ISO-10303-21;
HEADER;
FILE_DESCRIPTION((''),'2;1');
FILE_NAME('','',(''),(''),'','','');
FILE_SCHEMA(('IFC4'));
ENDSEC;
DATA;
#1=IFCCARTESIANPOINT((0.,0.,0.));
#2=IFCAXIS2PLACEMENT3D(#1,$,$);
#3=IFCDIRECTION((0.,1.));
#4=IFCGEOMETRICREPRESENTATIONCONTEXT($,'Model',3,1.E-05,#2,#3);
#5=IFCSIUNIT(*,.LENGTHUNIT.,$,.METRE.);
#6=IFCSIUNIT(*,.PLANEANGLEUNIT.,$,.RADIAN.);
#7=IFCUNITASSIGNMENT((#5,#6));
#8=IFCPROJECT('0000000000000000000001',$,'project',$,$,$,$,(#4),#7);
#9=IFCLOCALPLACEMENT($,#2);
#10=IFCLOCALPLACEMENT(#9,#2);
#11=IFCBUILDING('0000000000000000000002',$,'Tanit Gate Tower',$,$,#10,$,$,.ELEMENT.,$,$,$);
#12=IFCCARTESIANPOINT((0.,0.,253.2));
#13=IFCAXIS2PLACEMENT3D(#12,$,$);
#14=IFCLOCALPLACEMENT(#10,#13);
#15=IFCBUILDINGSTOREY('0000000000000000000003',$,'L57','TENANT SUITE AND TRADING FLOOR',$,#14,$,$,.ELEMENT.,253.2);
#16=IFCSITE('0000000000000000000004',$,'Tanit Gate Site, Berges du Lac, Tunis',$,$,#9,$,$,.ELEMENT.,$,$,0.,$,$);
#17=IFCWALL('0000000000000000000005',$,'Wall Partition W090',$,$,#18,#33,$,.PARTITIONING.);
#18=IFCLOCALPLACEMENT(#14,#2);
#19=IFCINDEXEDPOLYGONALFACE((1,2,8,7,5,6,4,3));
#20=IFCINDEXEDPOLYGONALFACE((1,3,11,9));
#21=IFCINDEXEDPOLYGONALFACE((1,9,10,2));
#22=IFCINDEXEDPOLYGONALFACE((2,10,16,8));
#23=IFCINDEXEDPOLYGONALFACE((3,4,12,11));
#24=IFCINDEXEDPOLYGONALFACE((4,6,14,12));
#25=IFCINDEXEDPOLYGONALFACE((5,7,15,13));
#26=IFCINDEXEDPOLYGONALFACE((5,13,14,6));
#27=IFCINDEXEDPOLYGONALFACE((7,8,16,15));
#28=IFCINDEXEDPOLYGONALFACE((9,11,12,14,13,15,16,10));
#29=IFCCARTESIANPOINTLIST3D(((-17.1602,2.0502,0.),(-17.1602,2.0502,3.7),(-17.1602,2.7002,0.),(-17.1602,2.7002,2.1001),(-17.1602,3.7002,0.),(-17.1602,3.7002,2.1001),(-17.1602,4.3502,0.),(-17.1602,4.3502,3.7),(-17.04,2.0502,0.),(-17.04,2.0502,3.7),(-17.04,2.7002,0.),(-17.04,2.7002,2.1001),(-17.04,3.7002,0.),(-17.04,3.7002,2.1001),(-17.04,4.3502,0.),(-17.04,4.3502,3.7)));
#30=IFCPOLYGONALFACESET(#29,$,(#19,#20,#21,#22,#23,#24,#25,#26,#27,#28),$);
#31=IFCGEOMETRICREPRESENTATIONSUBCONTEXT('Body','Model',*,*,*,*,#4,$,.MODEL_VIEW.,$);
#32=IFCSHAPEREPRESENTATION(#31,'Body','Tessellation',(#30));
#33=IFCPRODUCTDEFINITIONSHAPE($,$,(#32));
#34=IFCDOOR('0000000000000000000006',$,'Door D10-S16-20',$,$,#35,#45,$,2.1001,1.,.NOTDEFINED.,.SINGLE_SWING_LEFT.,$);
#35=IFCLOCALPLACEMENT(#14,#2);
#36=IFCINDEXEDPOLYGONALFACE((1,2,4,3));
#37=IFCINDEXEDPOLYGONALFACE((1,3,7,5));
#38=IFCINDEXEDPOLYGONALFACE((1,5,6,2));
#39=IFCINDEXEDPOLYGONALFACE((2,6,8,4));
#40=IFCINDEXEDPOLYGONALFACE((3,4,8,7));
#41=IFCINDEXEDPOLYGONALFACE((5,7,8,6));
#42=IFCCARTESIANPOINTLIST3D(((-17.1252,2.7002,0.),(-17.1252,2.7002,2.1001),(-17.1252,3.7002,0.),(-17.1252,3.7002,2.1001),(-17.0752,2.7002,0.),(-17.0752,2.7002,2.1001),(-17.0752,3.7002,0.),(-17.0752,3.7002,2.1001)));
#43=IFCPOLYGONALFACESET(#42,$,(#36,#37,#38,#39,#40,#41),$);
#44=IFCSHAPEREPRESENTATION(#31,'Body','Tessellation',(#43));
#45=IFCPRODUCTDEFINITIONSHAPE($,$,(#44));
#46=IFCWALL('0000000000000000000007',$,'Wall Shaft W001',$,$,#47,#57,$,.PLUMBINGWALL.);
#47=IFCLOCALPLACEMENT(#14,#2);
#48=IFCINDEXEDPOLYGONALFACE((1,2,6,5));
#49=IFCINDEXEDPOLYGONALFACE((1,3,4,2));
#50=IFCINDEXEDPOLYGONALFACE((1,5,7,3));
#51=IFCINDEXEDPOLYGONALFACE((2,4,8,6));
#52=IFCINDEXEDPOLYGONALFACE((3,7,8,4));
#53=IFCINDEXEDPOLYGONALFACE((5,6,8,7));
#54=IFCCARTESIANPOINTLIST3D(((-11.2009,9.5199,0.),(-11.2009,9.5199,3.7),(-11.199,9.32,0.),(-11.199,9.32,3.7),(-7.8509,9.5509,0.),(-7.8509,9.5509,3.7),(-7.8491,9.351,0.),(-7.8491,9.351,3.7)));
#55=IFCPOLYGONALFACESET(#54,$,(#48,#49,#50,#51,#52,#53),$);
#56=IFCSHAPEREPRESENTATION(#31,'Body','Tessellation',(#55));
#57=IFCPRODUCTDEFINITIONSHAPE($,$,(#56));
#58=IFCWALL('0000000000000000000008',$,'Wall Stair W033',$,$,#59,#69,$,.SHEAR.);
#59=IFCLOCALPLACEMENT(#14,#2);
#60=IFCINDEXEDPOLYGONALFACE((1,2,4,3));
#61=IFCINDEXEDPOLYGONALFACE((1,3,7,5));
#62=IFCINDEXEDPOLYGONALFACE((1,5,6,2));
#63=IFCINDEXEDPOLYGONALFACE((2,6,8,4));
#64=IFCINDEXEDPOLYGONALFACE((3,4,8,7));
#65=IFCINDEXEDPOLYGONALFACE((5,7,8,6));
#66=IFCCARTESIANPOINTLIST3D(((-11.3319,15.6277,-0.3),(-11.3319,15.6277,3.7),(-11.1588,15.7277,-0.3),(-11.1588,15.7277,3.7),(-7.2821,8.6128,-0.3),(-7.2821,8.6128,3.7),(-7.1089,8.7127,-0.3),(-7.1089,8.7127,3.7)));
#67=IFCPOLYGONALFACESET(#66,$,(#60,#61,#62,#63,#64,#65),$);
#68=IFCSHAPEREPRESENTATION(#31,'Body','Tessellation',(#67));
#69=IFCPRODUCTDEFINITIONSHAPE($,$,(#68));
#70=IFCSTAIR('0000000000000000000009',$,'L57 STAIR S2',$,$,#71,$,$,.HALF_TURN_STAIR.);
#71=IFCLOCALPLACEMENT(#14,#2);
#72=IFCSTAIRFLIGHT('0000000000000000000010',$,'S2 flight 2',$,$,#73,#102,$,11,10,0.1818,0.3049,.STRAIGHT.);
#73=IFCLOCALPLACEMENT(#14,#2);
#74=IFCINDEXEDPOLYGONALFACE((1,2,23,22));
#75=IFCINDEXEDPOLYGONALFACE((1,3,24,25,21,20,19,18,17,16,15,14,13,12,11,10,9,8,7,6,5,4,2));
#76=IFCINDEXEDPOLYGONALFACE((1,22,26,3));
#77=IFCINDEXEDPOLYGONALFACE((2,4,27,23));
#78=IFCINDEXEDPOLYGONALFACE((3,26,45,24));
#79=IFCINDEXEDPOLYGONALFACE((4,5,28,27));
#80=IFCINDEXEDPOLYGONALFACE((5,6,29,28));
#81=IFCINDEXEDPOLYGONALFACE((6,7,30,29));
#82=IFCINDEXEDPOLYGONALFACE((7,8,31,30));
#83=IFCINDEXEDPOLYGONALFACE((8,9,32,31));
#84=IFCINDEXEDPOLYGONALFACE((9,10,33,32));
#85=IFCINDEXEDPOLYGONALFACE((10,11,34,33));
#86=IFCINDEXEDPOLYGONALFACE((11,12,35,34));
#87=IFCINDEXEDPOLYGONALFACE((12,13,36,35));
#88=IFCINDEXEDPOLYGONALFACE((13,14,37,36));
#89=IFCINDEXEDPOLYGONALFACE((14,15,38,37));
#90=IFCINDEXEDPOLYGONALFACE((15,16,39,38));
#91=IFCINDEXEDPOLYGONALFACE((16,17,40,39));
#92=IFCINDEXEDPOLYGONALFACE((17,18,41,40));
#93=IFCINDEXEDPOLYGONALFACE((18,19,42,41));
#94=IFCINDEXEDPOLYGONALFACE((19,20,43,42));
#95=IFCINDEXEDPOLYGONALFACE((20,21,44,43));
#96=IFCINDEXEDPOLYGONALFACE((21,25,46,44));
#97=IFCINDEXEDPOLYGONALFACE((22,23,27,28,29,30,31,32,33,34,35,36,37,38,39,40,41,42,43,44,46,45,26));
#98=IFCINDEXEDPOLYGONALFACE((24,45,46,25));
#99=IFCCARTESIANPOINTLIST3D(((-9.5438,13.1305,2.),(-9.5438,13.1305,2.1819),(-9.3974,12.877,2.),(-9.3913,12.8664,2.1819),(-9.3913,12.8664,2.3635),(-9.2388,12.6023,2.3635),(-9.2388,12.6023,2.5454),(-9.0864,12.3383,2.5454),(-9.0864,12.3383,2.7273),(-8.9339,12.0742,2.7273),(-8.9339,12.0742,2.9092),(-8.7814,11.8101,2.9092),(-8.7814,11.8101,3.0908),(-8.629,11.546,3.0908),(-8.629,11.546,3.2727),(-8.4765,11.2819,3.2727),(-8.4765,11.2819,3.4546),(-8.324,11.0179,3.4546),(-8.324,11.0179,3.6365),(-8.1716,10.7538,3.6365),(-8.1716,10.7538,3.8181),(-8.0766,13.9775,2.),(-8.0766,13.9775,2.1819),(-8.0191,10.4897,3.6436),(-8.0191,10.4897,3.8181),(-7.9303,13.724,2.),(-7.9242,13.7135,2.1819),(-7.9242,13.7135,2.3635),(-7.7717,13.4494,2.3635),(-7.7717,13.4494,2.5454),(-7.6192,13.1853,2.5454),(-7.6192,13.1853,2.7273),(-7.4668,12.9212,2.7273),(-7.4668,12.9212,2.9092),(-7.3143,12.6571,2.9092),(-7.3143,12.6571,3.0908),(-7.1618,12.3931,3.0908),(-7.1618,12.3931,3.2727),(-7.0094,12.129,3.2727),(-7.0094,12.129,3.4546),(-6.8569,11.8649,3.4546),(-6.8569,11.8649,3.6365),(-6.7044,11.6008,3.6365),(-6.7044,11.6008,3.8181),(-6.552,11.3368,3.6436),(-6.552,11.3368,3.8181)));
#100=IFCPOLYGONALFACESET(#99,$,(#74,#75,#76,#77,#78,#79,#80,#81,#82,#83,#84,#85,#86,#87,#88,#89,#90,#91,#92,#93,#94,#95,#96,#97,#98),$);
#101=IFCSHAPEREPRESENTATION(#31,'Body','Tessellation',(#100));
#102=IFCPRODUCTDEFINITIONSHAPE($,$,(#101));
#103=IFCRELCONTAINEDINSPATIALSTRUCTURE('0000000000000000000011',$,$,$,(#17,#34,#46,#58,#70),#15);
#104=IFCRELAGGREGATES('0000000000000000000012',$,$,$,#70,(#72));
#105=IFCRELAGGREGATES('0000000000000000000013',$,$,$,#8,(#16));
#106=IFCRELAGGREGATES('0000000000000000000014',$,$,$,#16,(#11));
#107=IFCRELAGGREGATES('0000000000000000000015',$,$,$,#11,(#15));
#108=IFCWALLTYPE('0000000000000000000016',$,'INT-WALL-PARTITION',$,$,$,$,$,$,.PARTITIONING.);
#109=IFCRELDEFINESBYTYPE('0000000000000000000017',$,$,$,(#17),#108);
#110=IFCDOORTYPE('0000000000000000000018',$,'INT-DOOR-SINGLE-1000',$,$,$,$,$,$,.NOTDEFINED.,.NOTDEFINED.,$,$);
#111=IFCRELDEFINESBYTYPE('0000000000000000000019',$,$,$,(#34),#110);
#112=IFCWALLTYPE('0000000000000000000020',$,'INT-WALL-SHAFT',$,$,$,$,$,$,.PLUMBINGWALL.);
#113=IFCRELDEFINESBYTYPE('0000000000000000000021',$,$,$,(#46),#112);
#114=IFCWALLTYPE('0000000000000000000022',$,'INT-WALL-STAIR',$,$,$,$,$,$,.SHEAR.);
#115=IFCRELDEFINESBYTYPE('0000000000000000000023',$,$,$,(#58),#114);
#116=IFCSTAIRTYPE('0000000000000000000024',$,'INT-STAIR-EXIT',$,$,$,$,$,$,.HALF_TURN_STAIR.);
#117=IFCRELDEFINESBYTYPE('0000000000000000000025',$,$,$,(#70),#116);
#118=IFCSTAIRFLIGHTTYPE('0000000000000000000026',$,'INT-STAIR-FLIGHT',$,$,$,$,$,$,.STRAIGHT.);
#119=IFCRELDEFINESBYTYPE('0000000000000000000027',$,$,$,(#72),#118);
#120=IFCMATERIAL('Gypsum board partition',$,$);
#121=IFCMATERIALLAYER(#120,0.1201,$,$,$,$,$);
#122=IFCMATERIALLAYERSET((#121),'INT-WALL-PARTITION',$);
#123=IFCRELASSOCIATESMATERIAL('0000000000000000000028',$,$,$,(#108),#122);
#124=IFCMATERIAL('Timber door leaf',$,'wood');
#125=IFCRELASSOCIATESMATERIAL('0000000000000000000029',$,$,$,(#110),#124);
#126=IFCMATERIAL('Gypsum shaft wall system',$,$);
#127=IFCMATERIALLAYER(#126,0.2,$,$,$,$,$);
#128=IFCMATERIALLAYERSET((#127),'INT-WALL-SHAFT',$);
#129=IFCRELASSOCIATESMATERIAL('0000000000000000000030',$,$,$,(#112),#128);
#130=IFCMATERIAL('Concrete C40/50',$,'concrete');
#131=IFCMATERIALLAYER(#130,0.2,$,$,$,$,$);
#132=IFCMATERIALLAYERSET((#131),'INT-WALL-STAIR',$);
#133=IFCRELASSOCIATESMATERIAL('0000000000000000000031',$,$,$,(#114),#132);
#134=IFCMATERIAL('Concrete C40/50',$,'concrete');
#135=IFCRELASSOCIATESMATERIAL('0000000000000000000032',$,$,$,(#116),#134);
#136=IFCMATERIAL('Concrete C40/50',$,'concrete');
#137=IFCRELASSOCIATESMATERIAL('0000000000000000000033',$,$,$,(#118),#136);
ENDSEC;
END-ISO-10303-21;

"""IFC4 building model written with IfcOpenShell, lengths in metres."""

from ifc_helpers import new_model, si_unit, direction, frame, frame_2d, origin, place, context, subcontext, project, spatial, polyline, rectangle, outline, extrude, material, layer, layer_set, type_object, element, fill, aggregate, save


model = new_model("IFC4")

# Units and contexts
model_context = context("Model", 3, precision=1e-05, world=origin(), true_north=direction((0.0, 1.0)))
body_context = subcontext(model_context, "Body", "Model", "MODEL_VIEW")
ifc_project = project(units=[si_unit("LENGTHUNIT", "METRE"), si_unit("PLANEANGLEUNIT", "RADIAN")], contexts=[model_context])

# Site, building, storey
site_placement = place(None, origin())
site = spatial("IfcSite", under=ifc_project, at=site_placement, Name="Tanit Gate Site, Berges du Lac, Tunis", CompositionType="ELEMENT", RefElevation=0.0)
building_placement = place(site_placement, origin())
building = spatial("IfcBuilding", under=site, at=building_placement, Name="Tanit Gate Tower", CompositionType="ELEMENT")
storey_placement = place(building_placement, frame((0.0, 0.0, 253.2)))
storey = spatial("IfcBuildingStorey", under=building, at=storey_placement, Name="L57", Description="TENANT SUITE AND TRADING FLOOR", CompositionType="ELEMENT", Elevation=253.2)

# Wall, opening, door
ifc_material_1 = material(Name="Gypsum board partition")
ifc_layer_1 = layer(ifc_material_1, 0.1201)
ifc_layer_set_1 = layer_set([ifc_layer_1], Name="INT-WALL-PARTITION")
wall_type_1 = type_object("IfcWallType", Name="INT-WALL-PARTITION", PredefinedType="PARTITIONING", material=ifc_layer_set_1)
ifc_material_2 = material(Name="Timber door leaf", Category="wood")
door_type_1 = type_object("IfcDoorType", Name="INT-DOOR-SINGLE-1000", OperationType="NOTDEFINED", PredefinedType="NOTDEFINED", material=ifc_material_2)
wall_1_placement = place(storey_placement, frame((-17.1001, 4.3501, 0.0), z_axis=(0.0, 0.0, 1.0), x_axis=(0.0, -1.0, 0.0)))
wall_1 = element("IfcWall", 1, at=wall_1_placement, inside=storey, type_object=wall_type_1, Name="Wall Partition W090", PredefinedType="PARTITIONING", context=body_context, shape_type="SweptSolid", body=[
    extrude(rectangle(XDim=2.3, YDim=0.1201, at=frame_2d((1.1499, 0.0))), origin(), (0.0, 0.0, 1.0), 3.7),
])
opening_1_placement = place(wall_1_placement, frame((0.6499, 0.0, 0.0)))
opening_1 = element("IfcOpeningElement", 2, at=opening_1_placement, cuts=wall_1, PredefinedType="OPENING", context=body_context, shape_type="SweptSolid", body=[
    extrude(rectangle(XDim=1.0, YDim=2.1001, at=frame_2d((0.5, 1.05))), frame((0.0, 0.0701, 0.0), z_axis=(0.0, -1.0, 0.0), x_axis=(1.0, 0.0, 0.0)), (0.0, 0.0, 1.0), 0.1401),
])
door_1_placement = place(opening_1_placement, origin())
door_1 = element("IfcDoor", 3, at=door_1_placement, inside=storey, type_object=door_type_1, Name="Door D10-S16-20", OperationType="SINGLE_SWING_LEFT", OverallHeight=2.1001, OverallWidth=1.0, PredefinedType="NOTDEFINED", context=body_context, shape_type="SweptSolid", body=[
    extrude(rectangle(XDim=1.0, YDim=2.1001, at=frame_2d((0.5, 1.05))), frame((0.0, 0.0249, 0.0), z_axis=(0.0, -1.0, 0.0), x_axis=(1.0, 0.0, 0.0)), (0.0, 0.0, 1.0), 0.05),
])
fill(opening_1, door_1)

# Walls
ifc_material_3 = material(Name="Gypsum shaft wall system")
ifc_layer_2 = layer(ifc_material_3, 0.2)
ifc_layer_set_2 = layer_set([ifc_layer_2], Name="INT-WALL-SHAFT")
wall_type_2 = type_object("IfcWallType", Name="INT-WALL-SHAFT", PredefinedType="PLUMBINGWALL", material=ifc_layer_set_2)
wall_2_placement = place(storey_placement, frame((-11.2, 9.4199, 0.0), z_axis=(0.0, 0.0, 1.0), x_axis=(0.999957, 0.009255, 0.0)))
element("IfcWall", 4, at=wall_2_placement, inside=storey, type_object=wall_type_2, Name="Wall Shaft W001", PredefinedType="PLUMBINGWALL", context=body_context, shape_type="SweptSolid", body=[
    extrude(rectangle(XDim=3.3501, YDim=0.2, at=frame_2d((1.675, 0.0))), origin(), (0.0, 0.0, 1.0), 3.7),
])
ifc_material_4 = material(Name="Concrete C40/50", Category="concrete")
ifc_layer_3 = layer(ifc_material_4, 0.2)
ifc_layer_set_3 = layer_set([ifc_layer_3], Name="INT-WALL-STAIR")
wall_type_3 = type_object("IfcWallType", Name="INT-WALL-STAIR", PredefinedType="SHEAR", material=ifc_layer_set_3)
wall_3_placement = place(storey_placement, frame((-11.2454, 15.6777, -0.3), z_axis=(0.0, 0.0, 1.0), x_axis=(0.499977, -0.866039, 0.0)))
element("IfcWall", 5, at=wall_3_placement, inside=storey, type_object=wall_type_3, Name="Wall Stair W033", PredefinedType="SHEAR", context=body_context, shape_type="SweptSolid", body=[
    extrude(rectangle(XDim=8.1001, YDim=0.2, at=frame_2d((4.05, 0.0))), origin(), (0.0, 0.0, 1.0), 4.0),
])

# Stair, stair flight
ifc_material_5 = material(Name="Concrete C40/50", Category="concrete")
stair_type = type_object("IfcStairType", Name="INT-STAIR-EXIT", PredefinedType="HALF_TURN_STAIR", material=ifc_material_5)
stair_placement = place(storey_placement, origin())
stair = element("IfcStair", 6, at=stair_placement, inside=storey, type_object=stair_type, Name="L57 STAIR S2", PredefinedType="HALF_TURN_STAIR")
ifc_material_6 = material(Name="Concrete C40/50", Category="concrete")
stair_flight_type = type_object("IfcStairFlightType", Name="INT-STAIR-FLIGHT", PredefinedType="STRAIGHT", material=ifc_material_6)
stair_flight_placement = place(storey_placement, frame((-8.8103, 13.554, 2.0), z_axis=(0.0, 0.0, 1.0), x_axis=(0.5, -0.866025, 0.0)))
stair_flight = element("IfcStairFlight", 7, at=stair_flight_placement, type_object=stair_flight_type, Name="S2 flight 2", NumberOfRisers=11, NumberOfTreads=10, PredefinedType="STRAIGHT", RiserHeight=0.1818, TreadLength=0.3049, context=body_context, shape_type="SweptSolid", body=[
    extrude(outline(polyline([(0.0, 0.0), (0.0, 0.1819), (0.3049, 0.1819), (0.3049, 0.3635), (0.6099, 0.3635), (0.6099, 0.5454), (0.9148, 0.5454), (0.9148, 0.7273), (1.2197, 0.7273), (1.2197, 0.9092), (1.5247, 0.9092), (1.5247, 1.0908), (1.8296, 1.0908), (1.8296, 1.2727), (2.1345, 1.2727), (2.1345, 1.4546), (2.4395, 1.4546), (2.4395, 1.6365), (2.7444, 1.6365), (2.7444, 1.8181), (3.0493, 1.8181), (3.0493, 2.0), (3.0493, 1.6436), (0.2927, 0.0), (0.0, 0.0)])), frame((0.0, 0.8472, 0.0), z_axis=(0.0, -1.0, 0.0), x_axis=(1.0, 0.0, 0.0)), (0.0, 0.0, 1.0), 1.6941),
])
aggregate(stair, [stair_flight])

save(model, "model.ifc")
